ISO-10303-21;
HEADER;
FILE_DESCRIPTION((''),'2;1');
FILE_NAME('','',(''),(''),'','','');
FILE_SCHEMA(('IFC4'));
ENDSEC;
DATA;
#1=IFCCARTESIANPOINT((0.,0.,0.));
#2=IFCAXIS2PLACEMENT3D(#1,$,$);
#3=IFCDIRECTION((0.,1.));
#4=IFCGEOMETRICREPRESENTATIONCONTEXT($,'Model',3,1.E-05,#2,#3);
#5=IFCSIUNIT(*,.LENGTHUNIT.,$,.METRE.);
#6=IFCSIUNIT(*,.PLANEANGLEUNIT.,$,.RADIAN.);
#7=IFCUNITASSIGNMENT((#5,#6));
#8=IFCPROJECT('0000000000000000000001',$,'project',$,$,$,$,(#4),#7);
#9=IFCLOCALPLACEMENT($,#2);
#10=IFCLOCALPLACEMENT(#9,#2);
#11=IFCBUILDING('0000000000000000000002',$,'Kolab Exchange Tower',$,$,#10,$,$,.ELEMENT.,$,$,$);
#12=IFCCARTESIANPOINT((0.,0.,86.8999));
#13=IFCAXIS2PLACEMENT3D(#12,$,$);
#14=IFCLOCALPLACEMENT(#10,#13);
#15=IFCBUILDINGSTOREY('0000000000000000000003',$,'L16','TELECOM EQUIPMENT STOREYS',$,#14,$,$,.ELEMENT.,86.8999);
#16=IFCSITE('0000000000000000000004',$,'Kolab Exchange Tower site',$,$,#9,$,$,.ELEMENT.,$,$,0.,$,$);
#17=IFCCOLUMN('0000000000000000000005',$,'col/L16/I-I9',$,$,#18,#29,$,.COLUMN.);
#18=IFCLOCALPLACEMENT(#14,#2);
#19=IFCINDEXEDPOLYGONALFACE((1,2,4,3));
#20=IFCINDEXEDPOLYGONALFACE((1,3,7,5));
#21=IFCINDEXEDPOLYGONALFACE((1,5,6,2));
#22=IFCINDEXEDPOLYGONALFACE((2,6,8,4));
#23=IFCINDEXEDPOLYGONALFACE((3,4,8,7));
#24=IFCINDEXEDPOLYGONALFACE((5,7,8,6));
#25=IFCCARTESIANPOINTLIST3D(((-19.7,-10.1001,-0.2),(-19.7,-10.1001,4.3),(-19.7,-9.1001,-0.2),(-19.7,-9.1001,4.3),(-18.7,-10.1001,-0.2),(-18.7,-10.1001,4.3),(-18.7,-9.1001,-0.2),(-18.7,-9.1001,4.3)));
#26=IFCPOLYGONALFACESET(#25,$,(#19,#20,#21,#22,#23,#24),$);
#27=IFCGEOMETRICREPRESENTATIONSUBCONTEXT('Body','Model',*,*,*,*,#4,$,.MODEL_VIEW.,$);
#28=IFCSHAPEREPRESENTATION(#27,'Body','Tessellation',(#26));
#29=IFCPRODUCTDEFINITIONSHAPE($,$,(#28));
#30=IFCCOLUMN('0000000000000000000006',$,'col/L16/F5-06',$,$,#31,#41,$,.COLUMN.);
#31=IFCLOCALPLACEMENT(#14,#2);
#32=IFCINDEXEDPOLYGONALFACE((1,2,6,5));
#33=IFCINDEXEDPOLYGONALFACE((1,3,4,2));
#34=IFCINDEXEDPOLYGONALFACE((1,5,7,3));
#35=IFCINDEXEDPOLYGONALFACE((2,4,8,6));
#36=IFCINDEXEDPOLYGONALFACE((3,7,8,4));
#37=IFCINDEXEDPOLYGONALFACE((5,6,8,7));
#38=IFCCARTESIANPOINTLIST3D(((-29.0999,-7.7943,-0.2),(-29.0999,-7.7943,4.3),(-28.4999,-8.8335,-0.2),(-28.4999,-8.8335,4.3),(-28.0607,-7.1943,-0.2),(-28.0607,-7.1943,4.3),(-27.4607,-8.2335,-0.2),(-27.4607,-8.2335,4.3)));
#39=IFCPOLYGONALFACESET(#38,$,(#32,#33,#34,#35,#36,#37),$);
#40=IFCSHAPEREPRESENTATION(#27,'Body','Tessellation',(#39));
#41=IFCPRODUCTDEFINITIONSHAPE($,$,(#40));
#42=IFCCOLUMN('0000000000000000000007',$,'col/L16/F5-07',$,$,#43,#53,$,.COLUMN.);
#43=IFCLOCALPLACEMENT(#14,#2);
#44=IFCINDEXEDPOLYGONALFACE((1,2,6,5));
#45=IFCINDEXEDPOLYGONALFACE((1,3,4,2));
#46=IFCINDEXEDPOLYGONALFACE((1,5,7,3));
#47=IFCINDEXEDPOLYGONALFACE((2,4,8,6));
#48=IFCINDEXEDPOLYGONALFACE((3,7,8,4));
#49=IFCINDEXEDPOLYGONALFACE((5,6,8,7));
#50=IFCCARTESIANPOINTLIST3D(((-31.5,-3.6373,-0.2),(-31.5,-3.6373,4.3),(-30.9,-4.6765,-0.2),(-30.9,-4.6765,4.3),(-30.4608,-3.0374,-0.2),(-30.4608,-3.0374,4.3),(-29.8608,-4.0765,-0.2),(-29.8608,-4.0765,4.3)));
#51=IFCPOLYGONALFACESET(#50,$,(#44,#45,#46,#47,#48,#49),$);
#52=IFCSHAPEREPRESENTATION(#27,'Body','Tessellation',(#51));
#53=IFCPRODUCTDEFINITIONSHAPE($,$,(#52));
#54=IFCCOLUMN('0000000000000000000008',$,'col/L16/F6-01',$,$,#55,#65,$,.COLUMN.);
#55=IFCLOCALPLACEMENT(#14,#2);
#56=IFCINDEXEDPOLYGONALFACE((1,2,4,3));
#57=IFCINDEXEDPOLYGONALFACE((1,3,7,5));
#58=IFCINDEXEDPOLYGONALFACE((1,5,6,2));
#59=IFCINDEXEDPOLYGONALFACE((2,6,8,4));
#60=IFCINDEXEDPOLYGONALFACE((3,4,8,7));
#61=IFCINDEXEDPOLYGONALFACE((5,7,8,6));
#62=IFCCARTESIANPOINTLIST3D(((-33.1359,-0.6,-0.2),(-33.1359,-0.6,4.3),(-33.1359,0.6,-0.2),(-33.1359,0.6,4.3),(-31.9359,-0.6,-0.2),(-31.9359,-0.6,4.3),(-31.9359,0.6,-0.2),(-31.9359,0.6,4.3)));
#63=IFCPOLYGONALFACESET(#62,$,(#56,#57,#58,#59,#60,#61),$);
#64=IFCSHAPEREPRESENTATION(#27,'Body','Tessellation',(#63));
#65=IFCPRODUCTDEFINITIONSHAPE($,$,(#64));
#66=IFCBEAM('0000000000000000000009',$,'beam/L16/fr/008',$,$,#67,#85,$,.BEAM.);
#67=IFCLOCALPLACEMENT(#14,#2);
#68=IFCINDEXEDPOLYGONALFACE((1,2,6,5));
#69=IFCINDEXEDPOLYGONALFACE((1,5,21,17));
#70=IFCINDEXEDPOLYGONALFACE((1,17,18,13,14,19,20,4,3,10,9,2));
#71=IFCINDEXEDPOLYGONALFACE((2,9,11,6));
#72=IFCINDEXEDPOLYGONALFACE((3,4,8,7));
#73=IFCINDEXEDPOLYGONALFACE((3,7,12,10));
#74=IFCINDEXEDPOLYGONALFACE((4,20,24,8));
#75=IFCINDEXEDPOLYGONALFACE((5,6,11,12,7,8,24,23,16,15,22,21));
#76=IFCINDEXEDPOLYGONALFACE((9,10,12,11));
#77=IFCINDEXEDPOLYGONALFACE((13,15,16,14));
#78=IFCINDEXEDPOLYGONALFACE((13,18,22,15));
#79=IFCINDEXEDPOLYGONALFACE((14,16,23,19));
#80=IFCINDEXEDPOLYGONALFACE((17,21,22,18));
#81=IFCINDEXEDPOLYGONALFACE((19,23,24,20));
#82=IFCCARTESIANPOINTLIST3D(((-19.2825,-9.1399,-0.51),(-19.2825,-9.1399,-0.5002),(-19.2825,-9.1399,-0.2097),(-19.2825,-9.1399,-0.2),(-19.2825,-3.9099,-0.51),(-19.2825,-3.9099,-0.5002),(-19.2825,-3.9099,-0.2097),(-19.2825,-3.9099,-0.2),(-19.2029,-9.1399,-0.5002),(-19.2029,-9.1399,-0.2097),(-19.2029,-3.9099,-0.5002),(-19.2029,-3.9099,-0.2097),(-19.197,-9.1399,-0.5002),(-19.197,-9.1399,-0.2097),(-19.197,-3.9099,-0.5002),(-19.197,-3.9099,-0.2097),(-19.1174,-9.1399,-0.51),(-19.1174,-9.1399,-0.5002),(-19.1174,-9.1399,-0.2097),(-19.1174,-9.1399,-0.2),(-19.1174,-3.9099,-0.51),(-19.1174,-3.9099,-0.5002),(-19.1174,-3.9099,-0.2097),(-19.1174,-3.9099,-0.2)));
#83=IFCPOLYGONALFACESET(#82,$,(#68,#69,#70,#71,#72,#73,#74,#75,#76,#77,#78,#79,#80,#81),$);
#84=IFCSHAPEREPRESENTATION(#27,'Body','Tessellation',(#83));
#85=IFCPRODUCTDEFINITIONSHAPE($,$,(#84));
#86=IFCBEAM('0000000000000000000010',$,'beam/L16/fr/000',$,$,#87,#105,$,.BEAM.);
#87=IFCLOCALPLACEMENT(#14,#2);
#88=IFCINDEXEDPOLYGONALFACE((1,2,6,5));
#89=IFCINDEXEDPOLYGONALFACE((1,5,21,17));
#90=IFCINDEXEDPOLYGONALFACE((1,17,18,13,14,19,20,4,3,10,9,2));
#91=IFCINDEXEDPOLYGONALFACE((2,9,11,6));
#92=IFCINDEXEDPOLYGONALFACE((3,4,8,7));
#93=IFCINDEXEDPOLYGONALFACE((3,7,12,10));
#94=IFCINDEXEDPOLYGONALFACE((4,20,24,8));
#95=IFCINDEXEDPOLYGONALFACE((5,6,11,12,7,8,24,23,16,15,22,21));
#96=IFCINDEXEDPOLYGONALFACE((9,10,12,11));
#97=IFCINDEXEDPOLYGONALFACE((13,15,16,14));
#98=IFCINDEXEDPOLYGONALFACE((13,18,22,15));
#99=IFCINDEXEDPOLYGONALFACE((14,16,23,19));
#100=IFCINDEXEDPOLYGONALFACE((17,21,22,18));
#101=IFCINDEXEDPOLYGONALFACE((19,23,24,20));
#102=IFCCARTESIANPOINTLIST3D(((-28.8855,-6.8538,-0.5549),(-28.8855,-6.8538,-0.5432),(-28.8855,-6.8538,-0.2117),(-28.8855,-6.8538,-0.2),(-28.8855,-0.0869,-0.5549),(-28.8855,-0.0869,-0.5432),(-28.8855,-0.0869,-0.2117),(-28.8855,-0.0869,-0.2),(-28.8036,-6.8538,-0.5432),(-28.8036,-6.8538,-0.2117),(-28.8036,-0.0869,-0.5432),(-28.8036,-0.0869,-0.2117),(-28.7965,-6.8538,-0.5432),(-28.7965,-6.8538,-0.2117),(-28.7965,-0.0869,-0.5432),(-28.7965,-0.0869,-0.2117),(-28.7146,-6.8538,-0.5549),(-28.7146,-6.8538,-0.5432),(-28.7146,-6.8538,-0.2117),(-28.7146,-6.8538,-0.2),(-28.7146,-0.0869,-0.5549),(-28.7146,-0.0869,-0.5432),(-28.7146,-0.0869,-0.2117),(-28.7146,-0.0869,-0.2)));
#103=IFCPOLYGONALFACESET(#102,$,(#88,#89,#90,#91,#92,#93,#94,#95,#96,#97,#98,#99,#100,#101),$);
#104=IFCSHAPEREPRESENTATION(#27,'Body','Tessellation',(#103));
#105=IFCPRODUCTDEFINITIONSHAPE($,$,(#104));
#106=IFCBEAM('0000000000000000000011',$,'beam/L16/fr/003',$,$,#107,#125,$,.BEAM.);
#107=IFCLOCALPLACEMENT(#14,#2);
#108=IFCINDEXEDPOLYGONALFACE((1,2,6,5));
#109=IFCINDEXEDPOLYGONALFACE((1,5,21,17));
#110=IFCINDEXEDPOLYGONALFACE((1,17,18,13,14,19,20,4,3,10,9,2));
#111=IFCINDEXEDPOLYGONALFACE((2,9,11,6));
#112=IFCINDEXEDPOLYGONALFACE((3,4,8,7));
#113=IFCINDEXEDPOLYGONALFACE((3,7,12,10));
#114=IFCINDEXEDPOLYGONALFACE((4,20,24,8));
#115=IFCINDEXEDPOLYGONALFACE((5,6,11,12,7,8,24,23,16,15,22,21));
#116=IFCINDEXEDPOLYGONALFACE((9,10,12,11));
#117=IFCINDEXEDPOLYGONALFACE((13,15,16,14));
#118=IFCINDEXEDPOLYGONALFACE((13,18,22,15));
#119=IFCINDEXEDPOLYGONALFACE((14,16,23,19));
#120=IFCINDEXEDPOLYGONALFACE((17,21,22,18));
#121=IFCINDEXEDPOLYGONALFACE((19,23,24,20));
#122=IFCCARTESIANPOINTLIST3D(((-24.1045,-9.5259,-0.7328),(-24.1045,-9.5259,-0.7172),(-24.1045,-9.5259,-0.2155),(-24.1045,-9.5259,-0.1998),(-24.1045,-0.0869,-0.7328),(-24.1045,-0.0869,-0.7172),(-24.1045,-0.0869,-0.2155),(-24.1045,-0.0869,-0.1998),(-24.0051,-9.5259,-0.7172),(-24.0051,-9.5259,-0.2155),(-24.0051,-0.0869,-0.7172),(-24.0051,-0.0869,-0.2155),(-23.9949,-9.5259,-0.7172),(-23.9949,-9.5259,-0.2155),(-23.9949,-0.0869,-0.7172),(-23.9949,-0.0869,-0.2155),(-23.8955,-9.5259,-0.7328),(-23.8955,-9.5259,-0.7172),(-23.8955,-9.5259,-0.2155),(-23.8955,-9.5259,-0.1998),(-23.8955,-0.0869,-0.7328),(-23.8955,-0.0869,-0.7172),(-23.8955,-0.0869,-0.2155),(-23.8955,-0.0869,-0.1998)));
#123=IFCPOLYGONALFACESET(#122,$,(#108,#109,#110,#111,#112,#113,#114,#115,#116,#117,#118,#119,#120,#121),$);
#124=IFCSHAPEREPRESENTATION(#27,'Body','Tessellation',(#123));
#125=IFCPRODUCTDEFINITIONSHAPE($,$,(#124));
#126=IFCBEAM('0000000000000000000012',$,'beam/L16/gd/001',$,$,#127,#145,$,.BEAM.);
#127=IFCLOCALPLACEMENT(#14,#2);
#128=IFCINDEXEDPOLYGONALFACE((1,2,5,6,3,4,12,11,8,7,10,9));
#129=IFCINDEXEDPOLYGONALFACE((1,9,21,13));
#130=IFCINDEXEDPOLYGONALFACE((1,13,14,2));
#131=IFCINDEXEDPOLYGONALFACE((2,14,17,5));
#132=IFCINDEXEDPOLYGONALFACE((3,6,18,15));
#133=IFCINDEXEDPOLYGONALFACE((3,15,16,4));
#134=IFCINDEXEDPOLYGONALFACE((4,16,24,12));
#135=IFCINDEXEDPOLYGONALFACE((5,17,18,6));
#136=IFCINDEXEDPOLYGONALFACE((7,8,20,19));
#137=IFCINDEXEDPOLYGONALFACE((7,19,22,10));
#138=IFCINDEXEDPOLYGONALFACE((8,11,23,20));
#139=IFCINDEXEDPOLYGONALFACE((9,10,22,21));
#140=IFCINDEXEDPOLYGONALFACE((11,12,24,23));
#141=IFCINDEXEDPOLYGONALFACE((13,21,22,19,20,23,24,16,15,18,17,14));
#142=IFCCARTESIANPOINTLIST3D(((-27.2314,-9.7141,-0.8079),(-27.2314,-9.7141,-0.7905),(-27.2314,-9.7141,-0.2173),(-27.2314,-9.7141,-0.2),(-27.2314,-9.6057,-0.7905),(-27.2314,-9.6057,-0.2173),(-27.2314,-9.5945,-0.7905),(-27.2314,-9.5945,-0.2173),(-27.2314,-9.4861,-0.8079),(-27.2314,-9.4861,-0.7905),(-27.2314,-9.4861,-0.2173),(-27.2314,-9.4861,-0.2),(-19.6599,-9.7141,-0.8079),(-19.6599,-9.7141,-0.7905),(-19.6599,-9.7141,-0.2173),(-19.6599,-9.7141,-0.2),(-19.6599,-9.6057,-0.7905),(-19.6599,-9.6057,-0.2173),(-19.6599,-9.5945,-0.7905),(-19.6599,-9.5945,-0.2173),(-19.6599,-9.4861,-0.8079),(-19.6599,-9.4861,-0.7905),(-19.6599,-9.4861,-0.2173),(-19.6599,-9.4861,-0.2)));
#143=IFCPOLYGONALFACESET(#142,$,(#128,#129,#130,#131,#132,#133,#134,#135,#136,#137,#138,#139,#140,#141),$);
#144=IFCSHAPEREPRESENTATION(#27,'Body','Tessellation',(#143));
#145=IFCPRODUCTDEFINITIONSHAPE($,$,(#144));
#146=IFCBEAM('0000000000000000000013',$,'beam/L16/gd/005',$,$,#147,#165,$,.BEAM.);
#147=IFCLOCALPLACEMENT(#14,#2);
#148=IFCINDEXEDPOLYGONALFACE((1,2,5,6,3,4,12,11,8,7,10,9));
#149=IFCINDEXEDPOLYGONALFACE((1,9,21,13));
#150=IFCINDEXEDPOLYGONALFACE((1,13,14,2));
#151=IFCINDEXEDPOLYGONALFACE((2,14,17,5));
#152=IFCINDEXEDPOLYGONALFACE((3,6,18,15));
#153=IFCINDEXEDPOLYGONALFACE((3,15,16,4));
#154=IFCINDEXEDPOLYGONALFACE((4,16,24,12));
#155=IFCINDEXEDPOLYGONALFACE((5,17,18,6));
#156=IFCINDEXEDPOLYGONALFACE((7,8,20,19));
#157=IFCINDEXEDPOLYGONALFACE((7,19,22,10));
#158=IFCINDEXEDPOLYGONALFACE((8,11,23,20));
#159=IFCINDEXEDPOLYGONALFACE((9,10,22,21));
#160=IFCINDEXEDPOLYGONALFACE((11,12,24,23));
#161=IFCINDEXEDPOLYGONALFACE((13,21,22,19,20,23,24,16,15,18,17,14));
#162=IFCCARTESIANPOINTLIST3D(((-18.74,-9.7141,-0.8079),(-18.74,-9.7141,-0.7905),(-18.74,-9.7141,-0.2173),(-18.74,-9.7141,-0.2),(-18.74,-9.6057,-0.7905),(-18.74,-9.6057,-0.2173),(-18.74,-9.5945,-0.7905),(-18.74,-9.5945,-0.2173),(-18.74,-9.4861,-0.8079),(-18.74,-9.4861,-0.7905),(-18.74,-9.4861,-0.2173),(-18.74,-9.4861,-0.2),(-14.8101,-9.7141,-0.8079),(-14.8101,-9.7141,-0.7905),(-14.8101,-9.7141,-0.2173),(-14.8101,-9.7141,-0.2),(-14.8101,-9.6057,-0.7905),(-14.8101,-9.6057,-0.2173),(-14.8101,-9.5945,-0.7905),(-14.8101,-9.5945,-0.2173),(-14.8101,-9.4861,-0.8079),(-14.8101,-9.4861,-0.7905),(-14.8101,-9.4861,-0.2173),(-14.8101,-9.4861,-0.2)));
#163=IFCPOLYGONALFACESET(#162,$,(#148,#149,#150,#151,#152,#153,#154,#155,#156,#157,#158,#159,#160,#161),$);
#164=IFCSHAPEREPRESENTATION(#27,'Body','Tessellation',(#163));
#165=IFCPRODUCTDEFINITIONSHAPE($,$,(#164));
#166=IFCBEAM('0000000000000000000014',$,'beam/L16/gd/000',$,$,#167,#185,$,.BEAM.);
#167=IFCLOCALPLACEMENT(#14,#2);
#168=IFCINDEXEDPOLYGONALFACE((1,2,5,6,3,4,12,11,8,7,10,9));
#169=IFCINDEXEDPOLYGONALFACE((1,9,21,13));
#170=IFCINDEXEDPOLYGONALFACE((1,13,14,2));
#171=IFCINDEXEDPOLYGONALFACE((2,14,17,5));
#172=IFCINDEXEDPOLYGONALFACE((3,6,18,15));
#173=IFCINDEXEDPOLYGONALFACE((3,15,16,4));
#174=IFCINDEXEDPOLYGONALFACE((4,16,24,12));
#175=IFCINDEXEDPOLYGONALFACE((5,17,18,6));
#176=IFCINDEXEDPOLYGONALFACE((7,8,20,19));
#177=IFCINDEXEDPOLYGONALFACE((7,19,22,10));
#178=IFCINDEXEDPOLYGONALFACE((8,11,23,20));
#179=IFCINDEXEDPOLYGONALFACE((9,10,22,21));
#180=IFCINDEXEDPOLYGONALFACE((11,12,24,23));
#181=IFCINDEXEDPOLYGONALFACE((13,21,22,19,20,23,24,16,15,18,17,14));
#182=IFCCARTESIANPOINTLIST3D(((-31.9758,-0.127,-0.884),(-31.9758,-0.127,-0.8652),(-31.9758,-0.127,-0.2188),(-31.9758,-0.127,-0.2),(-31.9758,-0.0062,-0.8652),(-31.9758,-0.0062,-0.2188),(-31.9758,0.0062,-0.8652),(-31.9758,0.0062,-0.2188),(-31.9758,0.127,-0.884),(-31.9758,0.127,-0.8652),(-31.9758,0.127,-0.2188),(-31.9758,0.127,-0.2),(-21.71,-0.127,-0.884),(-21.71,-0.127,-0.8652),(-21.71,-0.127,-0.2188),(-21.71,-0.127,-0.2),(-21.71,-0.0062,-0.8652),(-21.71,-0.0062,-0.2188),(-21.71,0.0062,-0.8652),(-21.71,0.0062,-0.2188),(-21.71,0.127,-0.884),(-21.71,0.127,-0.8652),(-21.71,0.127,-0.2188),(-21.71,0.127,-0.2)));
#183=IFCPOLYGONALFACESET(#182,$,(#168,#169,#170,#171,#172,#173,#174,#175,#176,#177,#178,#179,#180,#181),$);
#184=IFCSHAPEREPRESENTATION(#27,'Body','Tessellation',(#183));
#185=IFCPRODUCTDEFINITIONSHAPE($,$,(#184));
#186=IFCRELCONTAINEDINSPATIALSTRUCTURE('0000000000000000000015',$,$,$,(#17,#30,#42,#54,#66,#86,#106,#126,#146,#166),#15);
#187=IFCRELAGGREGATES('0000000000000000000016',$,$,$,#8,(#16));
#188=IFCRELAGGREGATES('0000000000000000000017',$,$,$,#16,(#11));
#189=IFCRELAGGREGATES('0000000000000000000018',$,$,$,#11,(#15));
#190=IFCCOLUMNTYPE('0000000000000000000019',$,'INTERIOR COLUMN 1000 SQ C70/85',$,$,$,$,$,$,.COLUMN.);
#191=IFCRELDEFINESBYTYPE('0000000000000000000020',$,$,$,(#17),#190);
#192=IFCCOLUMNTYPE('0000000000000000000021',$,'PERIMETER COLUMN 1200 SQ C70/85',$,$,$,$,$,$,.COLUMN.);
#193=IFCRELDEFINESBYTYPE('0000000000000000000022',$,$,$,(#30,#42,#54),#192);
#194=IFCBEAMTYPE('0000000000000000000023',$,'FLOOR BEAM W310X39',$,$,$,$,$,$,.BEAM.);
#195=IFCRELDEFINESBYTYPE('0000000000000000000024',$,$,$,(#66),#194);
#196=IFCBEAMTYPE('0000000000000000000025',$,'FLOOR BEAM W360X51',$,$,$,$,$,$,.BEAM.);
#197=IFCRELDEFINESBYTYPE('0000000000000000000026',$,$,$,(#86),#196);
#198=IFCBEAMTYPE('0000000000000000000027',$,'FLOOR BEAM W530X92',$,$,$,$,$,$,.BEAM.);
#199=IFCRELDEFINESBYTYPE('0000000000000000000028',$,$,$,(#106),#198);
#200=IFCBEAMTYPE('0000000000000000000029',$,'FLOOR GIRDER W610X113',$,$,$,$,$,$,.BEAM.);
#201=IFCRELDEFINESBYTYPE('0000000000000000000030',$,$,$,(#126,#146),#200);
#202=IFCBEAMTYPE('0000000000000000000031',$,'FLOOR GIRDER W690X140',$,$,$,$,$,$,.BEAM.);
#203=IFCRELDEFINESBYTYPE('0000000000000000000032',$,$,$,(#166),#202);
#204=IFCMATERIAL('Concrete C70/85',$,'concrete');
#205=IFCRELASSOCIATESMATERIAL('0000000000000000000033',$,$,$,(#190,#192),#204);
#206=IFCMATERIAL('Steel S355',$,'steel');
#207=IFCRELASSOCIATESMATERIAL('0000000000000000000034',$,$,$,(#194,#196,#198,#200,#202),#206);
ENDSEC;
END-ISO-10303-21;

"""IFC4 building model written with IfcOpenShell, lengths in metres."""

from ifc_helpers import new_model, si_unit, direction, frame, origin, origin_2d, place, context, subcontext, project, spatial, rectangle, i_section, extrude, material, material_profile, profile_set, type_object, element, save


model = new_model("IFC4")

# Units and contexts
model_context = context("Model", 3, precision=1e-05, world=origin(), true_north=direction((0.0, 1.0)))
body_context = subcontext(model_context, "Body", "Model", "MODEL_VIEW")
ifc_project = project(units=[si_unit("LENGTHUNIT", "METRE"), si_unit("PLANEANGLEUNIT", "RADIAN")], contexts=[model_context])

# Site, building, storey
site_placement = place(None, origin())
site = spatial("IfcSite", under=ifc_project, at=site_placement, Name="Kolab Exchange Tower site", CompositionType="ELEMENT", RefElevation=0.0)
building_placement = place(site_placement, origin())
building = spatial("IfcBuilding", under=site, at=building_placement, Name="Kolab Exchange Tower", CompositionType="ELEMENT")
storey_placement = place(building_placement, frame((0.0, 0.0, 86.8999)))
storey = spatial("IfcBuildingStorey", under=building, at=storey_placement, Name="L16", Description="TELECOM EQUIPMENT STOREYS", CompositionType="ELEMENT", Elevation=86.8999)

# Columns
ifc_material_1 = material(Name="Concrete C70/85", Category="concrete")
ifc_material_profile_1 = material_profile(ifc_material_1, rectangle(XDim=1.0, YDim=1.0, at=origin_2d()), Name="RC1000")
ifc_profile_set_1 = profile_set([ifc_material_profile_1], Name="Concrete C70/85")
column_type_1 = type_object("IfcColumnType", Name="INTERIOR COLUMN 1000 SQ C70/85", PredefinedType="COLUMN", material=ifc_profile_set_1)
column_placement = place(storey_placement, frame((-19.2, -9.6001, -0.2), z_axis=(0.0, 0.0, 1.0), x_axis=(1.0, 0.0, 0.0)))
element("IfcColumn", 1, at=column_placement, inside=storey, type_object=column_type_1, Name="col/L16/I-I9", PredefinedType="COLUMN", context=body_context, shape_type="SweptSolid", body=[
    extrude(rectangle(XDim=1.0, YDim=1.0, at=origin_2d()), origin(), (0.0, 0.0, 1.0), 4.5),
])
ifc_material_profile_2 = material_profile(ifc_material_1, rectangle(XDim=1.2, YDim=1.2, at=origin_2d()), Name="RC1200")
ifc_profile_set_2 = profile_set([ifc_material_profile_2], Name="Concrete C70/85")
column_type_2 = type_object("IfcColumnType", Name="PERIMETER COLUMN 1200 SQ C70/85", PredefinedType="COLUMN", material=ifc_profile_set_2)
for number, where, z_axis, x_axis, name in (
    (2, (-28.2803, -8.0139, -0.2), (0.0, 0.0, 1.0), (0.866025, 0.5, 0.0), "col/L16/F5-06"),
    (3, (-30.6804, -3.8569, -0.2), (0.0, 0.0, 1.0), (0.866025, 0.5, 0.0), "col/L16/F5-07"),
    (4, (-32.5359, 0.0, -0.2), (0.0, 0.0, 1.0), (1.0, 0.0, 0.0), "col/L16/F6-01"),
):
    element("IfcColumn", number, at=place(storey_placement, frame(where, z_axis=z_axis, x_axis=x_axis)), inside=storey, type_object=column_type_2, Name=name, PredefinedType="COLUMN", context=body_context, shape_type="SweptSolid", body=[
        extrude(rectangle(XDim=1.2, YDim=1.2, at=origin_2d()), origin(), (0.0, 0.0, 1.0), 4.5),
    ])

# Beams
ifc_material_2 = material(Name="Steel S355", Category="steel")
ifc_material_profile_3 = material_profile(ifc_material_2, i_section(OverallWidth=0.165, OverallDepth=0.3101, WebThickness=0.0059, FlangeThickness=0.0098, at=origin_2d()), Name="W310X39")
ifc_profile_set_3 = profile_set([ifc_material_profile_3], Name="Steel S355")
beam_type_1 = type_object("IfcBeamType", Name="FLOOR BEAM W310X39", PredefinedType="BEAM", material=ifc_profile_set_3)
beam_1_placement = place(storey_placement, frame((-19.2, -9.1399, -0.355), z_axis=(0.0, 1.0, 0.0), x_axis=(-1.0, 0.0, 0.0)))
element("IfcBeam", 5, at=beam_1_placement, inside=storey, type_object=beam_type_1, Name="beam/L16/fr/008", PredefinedType="BEAM", context=body_context, shape_type="SweptSolid", body=[
    extrude(i_section(OverallWidth=0.165, OverallDepth=0.3101, WebThickness=0.0059, FlangeThickness=0.0098, at=origin_2d()), origin(), (0.0, 0.0, 1.0), 5.23),
])
ifc_material_profile_4 = material_profile(ifc_material_2, i_section(OverallWidth=0.1709, OverallDepth=0.355, WebThickness=0.0071, FlangeThickness=0.0117, at=origin_2d()), Name="W360X51")
ifc_profile_set_4 = profile_set([ifc_material_profile_4], Name="Steel S355")
beam_type_2 = type_object("IfcBeamType", Name="FLOOR BEAM W360X51", PredefinedType="BEAM", material=ifc_profile_set_4)
beam_2_placement = place(storey_placement, frame((-28.8, -6.8538, -0.3774), z_axis=(0.0, 1.0, 0.0), x_axis=(-1.0, 0.0, 0.0)))
element("IfcBeam", 6, at=beam_2_placement, inside=storey, type_object=beam_type_2, Name="beam/L16/fr/000", PredefinedType="BEAM", context=body_context, shape_type="SweptSolid", body=[
    extrude(i_section(OverallWidth=0.1709, OverallDepth=0.355, WebThickness=0.0071, FlangeThickness=0.0117, at=origin_2d()), origin(), (0.0, 0.0, 1.0), 6.7668),
])
ifc_material_profile_5 = material_profile(ifc_material_2, i_section(OverallWidth=0.209, OverallDepth=0.533, WebThickness=0.0103, FlangeThickness=0.0156, at=origin_2d()), Name="W530X92")
ifc_profile_set_5 = profile_set([ifc_material_profile_5], Name="Steel S355")
beam_type_3 = type_object("IfcBeamType", Name="FLOOR BEAM W530X92", PredefinedType="BEAM", material=ifc_profile_set_5)
beam_3_placement = place(storey_placement, frame((-24.0, -9.5259, -0.4663), z_axis=(0.0, 1.0, 0.0), x_axis=(-1.0, 0.0, 0.0)))
element("IfcBeam", 7, at=beam_3_placement, inside=storey, type_object=beam_type_3, Name="beam/L16/fr/003", PredefinedType="BEAM", context=body_context, shape_type="SweptSolid", body=[
    extrude(i_section(OverallWidth=0.209, OverallDepth=0.533, WebThickness=0.0103, FlangeThickness=0.0156, at=origin_2d()), origin(), (0.0, 0.0, 1.0), 9.439),
])
ifc_material_profile_6 = material_profile(ifc_material_2, i_section(OverallWidth=0.228, OverallDepth=0.6079, WebThickness=0.0112, FlangeThickness=0.0173, at=origin_2d()), Name="W610X113")
ifc_profile_set_6 = profile_set([ifc_material_profile_6], Name="Steel S355")
beam_type_4 = type_object("IfcBeamType", Name="FLOOR GIRDER W610X113", PredefinedType="BEAM", material=ifc_profile_set_6)
beam_4_placement = place(storey_placement, frame((-27.2314, -9.6001, -0.5039), z_axis=(1.0, 0.0, 0.0), x_axis=(0.0, 1.0, 0.0)))
element("IfcBeam", 8, at=beam_4_placement, inside=storey, type_object=beam_type_4, Name="beam/L16/gd/001", PredefinedType="BEAM", context=body_context, shape_type="SweptSolid", body=[
    extrude(i_section(OverallWidth=0.228, OverallDepth=0.6079, WebThickness=0.0112, FlangeThickness=0.0173, at=origin_2d()), origin(), (0.0, 0.0, 1.0), 7.5715),
])
beam_5_placement = place(storey_placement, frame((-18.74, -9.6001, -0.5039), z_axis=(1.0, 0.0, 0.0), x_axis=(0.0, 1.0, 0.0)))
element("IfcBeam", 9, at=beam_5_placement, inside=storey, type_object=beam_type_4, Name="beam/L16/gd/005", PredefinedType="BEAM", context=body_context, shape_type="SweptSolid", body=[
    extrude(i_section(OverallWidth=0.228, OverallDepth=0.6079, WebThickness=0.0112, FlangeThickness=0.0173, at=origin_2d()), origin(), (0.0, 0.0, 1.0), 3.9299),
])
ifc_material_profile_7 = material_profile(ifc_material_2, i_section(OverallWidth=0.2539, OverallDepth=0.6841, WebThickness=0.0125, FlangeThickness=0.0188, at=origin_2d()), Name="W690X140")
ifc_profile_set_7 = profile_set([ifc_material_profile_7], Name="Steel S355")
beam_type_5 = type_object("IfcBeamType", Name="FLOOR GIRDER W690X140", PredefinedType="BEAM", material=ifc_profile_set_7)
beam_6_placement = place(storey_placement, frame((-31.9758, 0.0, -0.542), z_axis=(1.0, 0.0, 0.0), x_axis=(0.0, 1.0, 0.0)))
element("IfcBeam", 10, at=beam_6_placement, inside=storey, type_object=beam_type_5, Name="beam/L16/gd/000", PredefinedType="BEAM", context=body_context, shape_type="SweptSolid", body=[
    extrude(i_section(OverallWidth=0.2539, OverallDepth=0.6841, WebThickness=0.0125, FlangeThickness=0.0188, at=origin_2d()), origin(), (0.0, 0.0, 1.0), 10.2659),
])

save(model, "model.ifc")
